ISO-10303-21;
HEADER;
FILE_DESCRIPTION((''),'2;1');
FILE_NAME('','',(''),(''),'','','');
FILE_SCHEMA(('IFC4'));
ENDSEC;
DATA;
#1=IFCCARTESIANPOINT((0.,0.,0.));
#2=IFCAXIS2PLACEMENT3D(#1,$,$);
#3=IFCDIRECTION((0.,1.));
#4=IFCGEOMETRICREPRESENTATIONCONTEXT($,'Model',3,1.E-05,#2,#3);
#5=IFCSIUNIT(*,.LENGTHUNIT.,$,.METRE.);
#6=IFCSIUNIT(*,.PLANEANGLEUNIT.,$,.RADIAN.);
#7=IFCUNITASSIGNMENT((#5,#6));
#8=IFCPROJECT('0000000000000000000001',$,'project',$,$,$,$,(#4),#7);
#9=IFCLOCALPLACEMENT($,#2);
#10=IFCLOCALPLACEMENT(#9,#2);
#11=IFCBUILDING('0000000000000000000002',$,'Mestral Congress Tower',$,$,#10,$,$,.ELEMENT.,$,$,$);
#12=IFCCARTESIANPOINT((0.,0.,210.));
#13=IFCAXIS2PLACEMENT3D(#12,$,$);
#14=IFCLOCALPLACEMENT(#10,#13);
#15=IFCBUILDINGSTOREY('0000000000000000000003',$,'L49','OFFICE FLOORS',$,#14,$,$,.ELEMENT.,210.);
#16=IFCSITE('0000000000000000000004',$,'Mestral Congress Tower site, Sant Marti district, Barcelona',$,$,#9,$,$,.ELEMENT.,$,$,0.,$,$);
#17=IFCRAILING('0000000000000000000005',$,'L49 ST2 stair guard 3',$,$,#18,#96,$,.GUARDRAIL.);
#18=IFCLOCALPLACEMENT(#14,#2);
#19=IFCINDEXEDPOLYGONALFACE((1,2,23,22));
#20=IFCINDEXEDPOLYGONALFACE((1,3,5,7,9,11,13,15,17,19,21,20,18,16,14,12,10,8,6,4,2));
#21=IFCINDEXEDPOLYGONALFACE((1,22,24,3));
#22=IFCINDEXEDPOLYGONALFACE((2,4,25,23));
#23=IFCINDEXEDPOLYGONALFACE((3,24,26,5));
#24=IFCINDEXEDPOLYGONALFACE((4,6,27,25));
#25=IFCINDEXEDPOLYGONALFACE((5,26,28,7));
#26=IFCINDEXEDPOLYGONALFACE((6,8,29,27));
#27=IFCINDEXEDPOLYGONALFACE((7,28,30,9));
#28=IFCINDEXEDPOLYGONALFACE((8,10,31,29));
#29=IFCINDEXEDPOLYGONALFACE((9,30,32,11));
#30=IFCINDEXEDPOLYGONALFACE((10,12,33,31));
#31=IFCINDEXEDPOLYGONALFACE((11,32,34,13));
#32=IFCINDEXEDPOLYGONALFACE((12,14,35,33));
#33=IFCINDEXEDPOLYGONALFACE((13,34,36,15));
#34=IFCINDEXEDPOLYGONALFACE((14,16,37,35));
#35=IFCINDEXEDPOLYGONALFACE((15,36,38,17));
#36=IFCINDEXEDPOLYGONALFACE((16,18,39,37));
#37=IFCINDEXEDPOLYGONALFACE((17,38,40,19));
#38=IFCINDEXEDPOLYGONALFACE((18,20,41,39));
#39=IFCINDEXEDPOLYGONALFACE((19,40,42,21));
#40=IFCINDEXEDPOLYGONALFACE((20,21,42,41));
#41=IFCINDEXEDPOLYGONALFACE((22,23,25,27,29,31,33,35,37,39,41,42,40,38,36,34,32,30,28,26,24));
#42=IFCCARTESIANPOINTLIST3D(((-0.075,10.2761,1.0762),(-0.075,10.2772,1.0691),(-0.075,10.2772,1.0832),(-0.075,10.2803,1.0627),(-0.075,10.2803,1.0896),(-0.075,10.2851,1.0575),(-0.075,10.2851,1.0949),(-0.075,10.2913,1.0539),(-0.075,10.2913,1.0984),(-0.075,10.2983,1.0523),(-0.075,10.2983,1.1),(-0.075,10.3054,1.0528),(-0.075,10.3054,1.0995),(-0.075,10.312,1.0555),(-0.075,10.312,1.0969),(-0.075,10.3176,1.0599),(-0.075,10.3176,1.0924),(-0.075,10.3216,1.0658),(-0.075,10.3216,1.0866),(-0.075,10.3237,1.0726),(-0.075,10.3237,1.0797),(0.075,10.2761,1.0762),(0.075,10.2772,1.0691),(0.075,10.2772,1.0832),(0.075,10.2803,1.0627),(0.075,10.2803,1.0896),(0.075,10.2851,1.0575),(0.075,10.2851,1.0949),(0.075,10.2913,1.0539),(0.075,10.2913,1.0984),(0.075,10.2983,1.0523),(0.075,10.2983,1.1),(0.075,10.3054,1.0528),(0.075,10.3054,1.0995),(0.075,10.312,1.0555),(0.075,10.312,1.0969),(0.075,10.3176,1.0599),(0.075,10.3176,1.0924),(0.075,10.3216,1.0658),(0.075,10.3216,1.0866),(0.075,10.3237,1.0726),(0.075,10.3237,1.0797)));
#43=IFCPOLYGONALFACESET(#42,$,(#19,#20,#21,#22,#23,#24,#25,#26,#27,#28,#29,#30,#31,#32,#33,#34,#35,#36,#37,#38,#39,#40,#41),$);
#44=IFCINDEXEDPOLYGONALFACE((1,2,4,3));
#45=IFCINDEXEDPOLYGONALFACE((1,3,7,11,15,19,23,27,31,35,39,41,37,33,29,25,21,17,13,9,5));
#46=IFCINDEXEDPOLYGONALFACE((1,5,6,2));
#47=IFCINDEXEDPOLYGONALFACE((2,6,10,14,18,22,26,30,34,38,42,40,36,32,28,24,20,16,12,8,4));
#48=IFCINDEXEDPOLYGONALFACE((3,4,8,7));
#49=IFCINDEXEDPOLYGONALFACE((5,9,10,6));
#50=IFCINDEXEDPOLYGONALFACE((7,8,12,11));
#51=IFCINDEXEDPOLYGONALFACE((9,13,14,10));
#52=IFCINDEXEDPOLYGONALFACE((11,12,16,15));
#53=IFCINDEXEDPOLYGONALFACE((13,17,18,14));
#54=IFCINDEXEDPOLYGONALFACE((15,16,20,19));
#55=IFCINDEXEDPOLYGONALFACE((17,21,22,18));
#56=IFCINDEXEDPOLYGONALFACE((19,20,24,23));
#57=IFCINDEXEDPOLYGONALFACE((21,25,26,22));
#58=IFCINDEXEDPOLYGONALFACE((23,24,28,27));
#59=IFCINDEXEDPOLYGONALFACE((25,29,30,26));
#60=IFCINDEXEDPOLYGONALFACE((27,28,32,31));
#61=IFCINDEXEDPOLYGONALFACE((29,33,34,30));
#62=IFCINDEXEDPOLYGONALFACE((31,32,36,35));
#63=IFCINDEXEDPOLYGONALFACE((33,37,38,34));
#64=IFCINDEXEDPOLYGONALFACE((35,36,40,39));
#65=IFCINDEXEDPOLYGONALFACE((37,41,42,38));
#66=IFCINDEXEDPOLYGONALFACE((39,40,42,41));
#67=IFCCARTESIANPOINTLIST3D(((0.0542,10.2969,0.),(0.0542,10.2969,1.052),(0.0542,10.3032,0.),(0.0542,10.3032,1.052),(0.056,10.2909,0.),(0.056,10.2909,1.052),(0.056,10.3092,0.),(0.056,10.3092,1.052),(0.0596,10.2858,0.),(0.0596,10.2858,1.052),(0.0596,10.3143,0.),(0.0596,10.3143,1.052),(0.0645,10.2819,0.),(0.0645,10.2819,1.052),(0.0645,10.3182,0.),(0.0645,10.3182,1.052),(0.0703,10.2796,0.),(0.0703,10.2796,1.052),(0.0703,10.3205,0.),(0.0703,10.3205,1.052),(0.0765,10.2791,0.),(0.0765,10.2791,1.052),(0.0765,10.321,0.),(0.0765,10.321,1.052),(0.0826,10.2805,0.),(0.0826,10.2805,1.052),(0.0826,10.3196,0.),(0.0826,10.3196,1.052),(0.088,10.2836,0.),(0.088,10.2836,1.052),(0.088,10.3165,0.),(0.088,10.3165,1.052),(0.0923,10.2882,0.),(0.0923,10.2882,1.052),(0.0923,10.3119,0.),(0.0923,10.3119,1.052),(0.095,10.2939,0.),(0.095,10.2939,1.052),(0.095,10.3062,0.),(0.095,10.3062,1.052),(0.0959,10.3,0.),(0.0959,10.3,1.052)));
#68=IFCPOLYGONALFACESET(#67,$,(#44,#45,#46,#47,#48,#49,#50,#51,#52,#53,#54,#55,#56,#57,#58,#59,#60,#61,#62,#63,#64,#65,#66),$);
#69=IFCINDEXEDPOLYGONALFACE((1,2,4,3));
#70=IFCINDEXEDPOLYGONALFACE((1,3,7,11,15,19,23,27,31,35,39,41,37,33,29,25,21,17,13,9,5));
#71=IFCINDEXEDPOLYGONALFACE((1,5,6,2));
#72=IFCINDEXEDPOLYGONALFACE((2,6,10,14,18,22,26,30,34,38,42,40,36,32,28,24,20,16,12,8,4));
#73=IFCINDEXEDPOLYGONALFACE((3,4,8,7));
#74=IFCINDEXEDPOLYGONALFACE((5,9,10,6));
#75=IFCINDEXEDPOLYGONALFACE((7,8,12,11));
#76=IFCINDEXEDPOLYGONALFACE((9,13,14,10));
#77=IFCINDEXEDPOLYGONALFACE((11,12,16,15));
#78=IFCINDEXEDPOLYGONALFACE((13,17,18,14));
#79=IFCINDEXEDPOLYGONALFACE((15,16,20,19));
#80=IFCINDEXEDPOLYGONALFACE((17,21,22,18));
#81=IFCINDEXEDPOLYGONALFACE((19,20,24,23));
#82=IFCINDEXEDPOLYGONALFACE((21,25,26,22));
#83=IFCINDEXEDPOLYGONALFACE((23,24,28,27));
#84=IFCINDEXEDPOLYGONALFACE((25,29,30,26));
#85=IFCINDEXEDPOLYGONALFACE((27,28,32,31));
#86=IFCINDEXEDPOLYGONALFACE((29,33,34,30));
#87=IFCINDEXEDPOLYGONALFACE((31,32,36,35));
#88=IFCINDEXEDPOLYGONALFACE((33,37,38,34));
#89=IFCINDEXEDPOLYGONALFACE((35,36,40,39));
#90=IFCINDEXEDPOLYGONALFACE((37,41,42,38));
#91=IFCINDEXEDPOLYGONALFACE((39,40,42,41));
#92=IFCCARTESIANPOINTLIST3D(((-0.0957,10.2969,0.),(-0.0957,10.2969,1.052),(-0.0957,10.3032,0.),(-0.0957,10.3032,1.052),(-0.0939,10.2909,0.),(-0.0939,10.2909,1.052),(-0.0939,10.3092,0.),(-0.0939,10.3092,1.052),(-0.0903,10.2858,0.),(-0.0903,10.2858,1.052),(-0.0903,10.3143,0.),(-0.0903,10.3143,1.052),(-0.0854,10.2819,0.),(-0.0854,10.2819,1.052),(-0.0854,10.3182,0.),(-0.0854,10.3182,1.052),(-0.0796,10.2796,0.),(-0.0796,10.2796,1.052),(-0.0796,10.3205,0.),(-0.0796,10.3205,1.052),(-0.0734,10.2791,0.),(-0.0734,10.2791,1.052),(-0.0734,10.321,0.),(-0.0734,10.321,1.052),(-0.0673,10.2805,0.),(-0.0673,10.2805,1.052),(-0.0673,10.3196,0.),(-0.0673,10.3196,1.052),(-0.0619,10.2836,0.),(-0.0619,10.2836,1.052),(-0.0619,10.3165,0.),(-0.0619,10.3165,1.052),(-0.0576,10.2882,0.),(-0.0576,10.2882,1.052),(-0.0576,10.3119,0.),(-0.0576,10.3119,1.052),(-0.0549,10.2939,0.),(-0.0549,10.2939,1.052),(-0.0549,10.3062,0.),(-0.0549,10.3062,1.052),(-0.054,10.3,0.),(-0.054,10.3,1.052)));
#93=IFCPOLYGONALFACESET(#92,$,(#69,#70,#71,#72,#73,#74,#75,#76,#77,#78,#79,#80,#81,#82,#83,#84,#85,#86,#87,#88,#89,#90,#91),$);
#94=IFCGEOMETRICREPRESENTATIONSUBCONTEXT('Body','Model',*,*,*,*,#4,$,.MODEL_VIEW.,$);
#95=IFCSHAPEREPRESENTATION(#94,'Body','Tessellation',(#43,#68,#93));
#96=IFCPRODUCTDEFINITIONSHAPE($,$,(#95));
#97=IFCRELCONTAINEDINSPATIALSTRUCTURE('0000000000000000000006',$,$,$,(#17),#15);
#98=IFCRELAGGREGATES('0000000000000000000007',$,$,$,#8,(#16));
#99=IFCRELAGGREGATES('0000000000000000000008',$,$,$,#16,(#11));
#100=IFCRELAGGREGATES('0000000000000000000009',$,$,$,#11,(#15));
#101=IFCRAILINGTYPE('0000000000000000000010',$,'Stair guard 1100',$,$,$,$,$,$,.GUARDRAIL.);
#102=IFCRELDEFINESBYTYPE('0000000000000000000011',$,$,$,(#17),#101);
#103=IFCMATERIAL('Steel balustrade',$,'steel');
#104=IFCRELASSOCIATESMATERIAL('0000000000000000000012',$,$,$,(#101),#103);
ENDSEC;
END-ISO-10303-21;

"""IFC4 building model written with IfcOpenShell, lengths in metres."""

from ifc_helpers import new_model, si_unit, direction, frame, origin, origin_2d, place, context, subcontext, project, spatial, circle, extrude, material, type_object, element, save


model = new_model("IFC4")

# Units and contexts
model_context = context("Model", 3, precision=1e-05, world=origin(), true_north=direction((0.0, 1.0)))
body_context = subcontext(model_context, "Body", "Model", "MODEL_VIEW")
ifc_project = project(units=[si_unit("LENGTHUNIT", "METRE"), si_unit("PLANEANGLEUNIT", "RADIAN")], contexts=[model_context])

# Site, building, storey
site_placement = place(None, origin())
site = spatial("IfcSite", under=ifc_project, at=site_placement, Name="Mestral Congress Tower site, Sant Marti district, Barcelona", CompositionType="ELEMENT", RefElevation=0.0)
building_placement = place(site_placement, origin())
building = spatial("IfcBuilding", under=site, at=building_placement, Name="Mestral Congress Tower", CompositionType="ELEMENT")
storey_placement = place(building_placement, frame((0.0, 0.0, 210.0)))
storey = spatial("IfcBuildingStorey", under=building, at=storey_placement, Name="L49", Description="OFFICE FLOORS", CompositionType="ELEMENT", Elevation=210.0)

# Railing
ifc_material_1 = material(Name="Steel balustrade", Category="steel")
railing_type_1 = type_object("IfcRailingType", Name="Stair guard 1100", PredefinedType="GUARDRAIL", material=ifc_material_1)
railing_1_placement = place(storey_placement, frame((0.075, 10.3, 0.0)))
element("IfcRailing", 1, at=railing_1_placement, inside=storey, type_object=railing_type_1, Name="L49 ST2 stair guard 3", PredefinedType="GUARDRAIL", context=body_context, shape_type="SweptSolid", body=[
    extrude(circle(Radius=0.0239, at=origin_2d()), frame((0.0, 0.0, 1.0762), z_axis=(-1.0, 0.0, 0.0), x_axis=(0.0, -1.0, 0.0)), (0.0, 0.0, 1.0), 0.1499),
    extrude(circle(Radius=0.021, at=origin_2d()), origin(), (0.0, 0.0, 1.0), 1.052),
    extrude(circle(Radius=0.021, at=origin_2d()), frame((-0.1499, 0.0, 0.0)), (0.0, 0.0, 1.0), 1.052),
])

save(model, "model.ifc")
